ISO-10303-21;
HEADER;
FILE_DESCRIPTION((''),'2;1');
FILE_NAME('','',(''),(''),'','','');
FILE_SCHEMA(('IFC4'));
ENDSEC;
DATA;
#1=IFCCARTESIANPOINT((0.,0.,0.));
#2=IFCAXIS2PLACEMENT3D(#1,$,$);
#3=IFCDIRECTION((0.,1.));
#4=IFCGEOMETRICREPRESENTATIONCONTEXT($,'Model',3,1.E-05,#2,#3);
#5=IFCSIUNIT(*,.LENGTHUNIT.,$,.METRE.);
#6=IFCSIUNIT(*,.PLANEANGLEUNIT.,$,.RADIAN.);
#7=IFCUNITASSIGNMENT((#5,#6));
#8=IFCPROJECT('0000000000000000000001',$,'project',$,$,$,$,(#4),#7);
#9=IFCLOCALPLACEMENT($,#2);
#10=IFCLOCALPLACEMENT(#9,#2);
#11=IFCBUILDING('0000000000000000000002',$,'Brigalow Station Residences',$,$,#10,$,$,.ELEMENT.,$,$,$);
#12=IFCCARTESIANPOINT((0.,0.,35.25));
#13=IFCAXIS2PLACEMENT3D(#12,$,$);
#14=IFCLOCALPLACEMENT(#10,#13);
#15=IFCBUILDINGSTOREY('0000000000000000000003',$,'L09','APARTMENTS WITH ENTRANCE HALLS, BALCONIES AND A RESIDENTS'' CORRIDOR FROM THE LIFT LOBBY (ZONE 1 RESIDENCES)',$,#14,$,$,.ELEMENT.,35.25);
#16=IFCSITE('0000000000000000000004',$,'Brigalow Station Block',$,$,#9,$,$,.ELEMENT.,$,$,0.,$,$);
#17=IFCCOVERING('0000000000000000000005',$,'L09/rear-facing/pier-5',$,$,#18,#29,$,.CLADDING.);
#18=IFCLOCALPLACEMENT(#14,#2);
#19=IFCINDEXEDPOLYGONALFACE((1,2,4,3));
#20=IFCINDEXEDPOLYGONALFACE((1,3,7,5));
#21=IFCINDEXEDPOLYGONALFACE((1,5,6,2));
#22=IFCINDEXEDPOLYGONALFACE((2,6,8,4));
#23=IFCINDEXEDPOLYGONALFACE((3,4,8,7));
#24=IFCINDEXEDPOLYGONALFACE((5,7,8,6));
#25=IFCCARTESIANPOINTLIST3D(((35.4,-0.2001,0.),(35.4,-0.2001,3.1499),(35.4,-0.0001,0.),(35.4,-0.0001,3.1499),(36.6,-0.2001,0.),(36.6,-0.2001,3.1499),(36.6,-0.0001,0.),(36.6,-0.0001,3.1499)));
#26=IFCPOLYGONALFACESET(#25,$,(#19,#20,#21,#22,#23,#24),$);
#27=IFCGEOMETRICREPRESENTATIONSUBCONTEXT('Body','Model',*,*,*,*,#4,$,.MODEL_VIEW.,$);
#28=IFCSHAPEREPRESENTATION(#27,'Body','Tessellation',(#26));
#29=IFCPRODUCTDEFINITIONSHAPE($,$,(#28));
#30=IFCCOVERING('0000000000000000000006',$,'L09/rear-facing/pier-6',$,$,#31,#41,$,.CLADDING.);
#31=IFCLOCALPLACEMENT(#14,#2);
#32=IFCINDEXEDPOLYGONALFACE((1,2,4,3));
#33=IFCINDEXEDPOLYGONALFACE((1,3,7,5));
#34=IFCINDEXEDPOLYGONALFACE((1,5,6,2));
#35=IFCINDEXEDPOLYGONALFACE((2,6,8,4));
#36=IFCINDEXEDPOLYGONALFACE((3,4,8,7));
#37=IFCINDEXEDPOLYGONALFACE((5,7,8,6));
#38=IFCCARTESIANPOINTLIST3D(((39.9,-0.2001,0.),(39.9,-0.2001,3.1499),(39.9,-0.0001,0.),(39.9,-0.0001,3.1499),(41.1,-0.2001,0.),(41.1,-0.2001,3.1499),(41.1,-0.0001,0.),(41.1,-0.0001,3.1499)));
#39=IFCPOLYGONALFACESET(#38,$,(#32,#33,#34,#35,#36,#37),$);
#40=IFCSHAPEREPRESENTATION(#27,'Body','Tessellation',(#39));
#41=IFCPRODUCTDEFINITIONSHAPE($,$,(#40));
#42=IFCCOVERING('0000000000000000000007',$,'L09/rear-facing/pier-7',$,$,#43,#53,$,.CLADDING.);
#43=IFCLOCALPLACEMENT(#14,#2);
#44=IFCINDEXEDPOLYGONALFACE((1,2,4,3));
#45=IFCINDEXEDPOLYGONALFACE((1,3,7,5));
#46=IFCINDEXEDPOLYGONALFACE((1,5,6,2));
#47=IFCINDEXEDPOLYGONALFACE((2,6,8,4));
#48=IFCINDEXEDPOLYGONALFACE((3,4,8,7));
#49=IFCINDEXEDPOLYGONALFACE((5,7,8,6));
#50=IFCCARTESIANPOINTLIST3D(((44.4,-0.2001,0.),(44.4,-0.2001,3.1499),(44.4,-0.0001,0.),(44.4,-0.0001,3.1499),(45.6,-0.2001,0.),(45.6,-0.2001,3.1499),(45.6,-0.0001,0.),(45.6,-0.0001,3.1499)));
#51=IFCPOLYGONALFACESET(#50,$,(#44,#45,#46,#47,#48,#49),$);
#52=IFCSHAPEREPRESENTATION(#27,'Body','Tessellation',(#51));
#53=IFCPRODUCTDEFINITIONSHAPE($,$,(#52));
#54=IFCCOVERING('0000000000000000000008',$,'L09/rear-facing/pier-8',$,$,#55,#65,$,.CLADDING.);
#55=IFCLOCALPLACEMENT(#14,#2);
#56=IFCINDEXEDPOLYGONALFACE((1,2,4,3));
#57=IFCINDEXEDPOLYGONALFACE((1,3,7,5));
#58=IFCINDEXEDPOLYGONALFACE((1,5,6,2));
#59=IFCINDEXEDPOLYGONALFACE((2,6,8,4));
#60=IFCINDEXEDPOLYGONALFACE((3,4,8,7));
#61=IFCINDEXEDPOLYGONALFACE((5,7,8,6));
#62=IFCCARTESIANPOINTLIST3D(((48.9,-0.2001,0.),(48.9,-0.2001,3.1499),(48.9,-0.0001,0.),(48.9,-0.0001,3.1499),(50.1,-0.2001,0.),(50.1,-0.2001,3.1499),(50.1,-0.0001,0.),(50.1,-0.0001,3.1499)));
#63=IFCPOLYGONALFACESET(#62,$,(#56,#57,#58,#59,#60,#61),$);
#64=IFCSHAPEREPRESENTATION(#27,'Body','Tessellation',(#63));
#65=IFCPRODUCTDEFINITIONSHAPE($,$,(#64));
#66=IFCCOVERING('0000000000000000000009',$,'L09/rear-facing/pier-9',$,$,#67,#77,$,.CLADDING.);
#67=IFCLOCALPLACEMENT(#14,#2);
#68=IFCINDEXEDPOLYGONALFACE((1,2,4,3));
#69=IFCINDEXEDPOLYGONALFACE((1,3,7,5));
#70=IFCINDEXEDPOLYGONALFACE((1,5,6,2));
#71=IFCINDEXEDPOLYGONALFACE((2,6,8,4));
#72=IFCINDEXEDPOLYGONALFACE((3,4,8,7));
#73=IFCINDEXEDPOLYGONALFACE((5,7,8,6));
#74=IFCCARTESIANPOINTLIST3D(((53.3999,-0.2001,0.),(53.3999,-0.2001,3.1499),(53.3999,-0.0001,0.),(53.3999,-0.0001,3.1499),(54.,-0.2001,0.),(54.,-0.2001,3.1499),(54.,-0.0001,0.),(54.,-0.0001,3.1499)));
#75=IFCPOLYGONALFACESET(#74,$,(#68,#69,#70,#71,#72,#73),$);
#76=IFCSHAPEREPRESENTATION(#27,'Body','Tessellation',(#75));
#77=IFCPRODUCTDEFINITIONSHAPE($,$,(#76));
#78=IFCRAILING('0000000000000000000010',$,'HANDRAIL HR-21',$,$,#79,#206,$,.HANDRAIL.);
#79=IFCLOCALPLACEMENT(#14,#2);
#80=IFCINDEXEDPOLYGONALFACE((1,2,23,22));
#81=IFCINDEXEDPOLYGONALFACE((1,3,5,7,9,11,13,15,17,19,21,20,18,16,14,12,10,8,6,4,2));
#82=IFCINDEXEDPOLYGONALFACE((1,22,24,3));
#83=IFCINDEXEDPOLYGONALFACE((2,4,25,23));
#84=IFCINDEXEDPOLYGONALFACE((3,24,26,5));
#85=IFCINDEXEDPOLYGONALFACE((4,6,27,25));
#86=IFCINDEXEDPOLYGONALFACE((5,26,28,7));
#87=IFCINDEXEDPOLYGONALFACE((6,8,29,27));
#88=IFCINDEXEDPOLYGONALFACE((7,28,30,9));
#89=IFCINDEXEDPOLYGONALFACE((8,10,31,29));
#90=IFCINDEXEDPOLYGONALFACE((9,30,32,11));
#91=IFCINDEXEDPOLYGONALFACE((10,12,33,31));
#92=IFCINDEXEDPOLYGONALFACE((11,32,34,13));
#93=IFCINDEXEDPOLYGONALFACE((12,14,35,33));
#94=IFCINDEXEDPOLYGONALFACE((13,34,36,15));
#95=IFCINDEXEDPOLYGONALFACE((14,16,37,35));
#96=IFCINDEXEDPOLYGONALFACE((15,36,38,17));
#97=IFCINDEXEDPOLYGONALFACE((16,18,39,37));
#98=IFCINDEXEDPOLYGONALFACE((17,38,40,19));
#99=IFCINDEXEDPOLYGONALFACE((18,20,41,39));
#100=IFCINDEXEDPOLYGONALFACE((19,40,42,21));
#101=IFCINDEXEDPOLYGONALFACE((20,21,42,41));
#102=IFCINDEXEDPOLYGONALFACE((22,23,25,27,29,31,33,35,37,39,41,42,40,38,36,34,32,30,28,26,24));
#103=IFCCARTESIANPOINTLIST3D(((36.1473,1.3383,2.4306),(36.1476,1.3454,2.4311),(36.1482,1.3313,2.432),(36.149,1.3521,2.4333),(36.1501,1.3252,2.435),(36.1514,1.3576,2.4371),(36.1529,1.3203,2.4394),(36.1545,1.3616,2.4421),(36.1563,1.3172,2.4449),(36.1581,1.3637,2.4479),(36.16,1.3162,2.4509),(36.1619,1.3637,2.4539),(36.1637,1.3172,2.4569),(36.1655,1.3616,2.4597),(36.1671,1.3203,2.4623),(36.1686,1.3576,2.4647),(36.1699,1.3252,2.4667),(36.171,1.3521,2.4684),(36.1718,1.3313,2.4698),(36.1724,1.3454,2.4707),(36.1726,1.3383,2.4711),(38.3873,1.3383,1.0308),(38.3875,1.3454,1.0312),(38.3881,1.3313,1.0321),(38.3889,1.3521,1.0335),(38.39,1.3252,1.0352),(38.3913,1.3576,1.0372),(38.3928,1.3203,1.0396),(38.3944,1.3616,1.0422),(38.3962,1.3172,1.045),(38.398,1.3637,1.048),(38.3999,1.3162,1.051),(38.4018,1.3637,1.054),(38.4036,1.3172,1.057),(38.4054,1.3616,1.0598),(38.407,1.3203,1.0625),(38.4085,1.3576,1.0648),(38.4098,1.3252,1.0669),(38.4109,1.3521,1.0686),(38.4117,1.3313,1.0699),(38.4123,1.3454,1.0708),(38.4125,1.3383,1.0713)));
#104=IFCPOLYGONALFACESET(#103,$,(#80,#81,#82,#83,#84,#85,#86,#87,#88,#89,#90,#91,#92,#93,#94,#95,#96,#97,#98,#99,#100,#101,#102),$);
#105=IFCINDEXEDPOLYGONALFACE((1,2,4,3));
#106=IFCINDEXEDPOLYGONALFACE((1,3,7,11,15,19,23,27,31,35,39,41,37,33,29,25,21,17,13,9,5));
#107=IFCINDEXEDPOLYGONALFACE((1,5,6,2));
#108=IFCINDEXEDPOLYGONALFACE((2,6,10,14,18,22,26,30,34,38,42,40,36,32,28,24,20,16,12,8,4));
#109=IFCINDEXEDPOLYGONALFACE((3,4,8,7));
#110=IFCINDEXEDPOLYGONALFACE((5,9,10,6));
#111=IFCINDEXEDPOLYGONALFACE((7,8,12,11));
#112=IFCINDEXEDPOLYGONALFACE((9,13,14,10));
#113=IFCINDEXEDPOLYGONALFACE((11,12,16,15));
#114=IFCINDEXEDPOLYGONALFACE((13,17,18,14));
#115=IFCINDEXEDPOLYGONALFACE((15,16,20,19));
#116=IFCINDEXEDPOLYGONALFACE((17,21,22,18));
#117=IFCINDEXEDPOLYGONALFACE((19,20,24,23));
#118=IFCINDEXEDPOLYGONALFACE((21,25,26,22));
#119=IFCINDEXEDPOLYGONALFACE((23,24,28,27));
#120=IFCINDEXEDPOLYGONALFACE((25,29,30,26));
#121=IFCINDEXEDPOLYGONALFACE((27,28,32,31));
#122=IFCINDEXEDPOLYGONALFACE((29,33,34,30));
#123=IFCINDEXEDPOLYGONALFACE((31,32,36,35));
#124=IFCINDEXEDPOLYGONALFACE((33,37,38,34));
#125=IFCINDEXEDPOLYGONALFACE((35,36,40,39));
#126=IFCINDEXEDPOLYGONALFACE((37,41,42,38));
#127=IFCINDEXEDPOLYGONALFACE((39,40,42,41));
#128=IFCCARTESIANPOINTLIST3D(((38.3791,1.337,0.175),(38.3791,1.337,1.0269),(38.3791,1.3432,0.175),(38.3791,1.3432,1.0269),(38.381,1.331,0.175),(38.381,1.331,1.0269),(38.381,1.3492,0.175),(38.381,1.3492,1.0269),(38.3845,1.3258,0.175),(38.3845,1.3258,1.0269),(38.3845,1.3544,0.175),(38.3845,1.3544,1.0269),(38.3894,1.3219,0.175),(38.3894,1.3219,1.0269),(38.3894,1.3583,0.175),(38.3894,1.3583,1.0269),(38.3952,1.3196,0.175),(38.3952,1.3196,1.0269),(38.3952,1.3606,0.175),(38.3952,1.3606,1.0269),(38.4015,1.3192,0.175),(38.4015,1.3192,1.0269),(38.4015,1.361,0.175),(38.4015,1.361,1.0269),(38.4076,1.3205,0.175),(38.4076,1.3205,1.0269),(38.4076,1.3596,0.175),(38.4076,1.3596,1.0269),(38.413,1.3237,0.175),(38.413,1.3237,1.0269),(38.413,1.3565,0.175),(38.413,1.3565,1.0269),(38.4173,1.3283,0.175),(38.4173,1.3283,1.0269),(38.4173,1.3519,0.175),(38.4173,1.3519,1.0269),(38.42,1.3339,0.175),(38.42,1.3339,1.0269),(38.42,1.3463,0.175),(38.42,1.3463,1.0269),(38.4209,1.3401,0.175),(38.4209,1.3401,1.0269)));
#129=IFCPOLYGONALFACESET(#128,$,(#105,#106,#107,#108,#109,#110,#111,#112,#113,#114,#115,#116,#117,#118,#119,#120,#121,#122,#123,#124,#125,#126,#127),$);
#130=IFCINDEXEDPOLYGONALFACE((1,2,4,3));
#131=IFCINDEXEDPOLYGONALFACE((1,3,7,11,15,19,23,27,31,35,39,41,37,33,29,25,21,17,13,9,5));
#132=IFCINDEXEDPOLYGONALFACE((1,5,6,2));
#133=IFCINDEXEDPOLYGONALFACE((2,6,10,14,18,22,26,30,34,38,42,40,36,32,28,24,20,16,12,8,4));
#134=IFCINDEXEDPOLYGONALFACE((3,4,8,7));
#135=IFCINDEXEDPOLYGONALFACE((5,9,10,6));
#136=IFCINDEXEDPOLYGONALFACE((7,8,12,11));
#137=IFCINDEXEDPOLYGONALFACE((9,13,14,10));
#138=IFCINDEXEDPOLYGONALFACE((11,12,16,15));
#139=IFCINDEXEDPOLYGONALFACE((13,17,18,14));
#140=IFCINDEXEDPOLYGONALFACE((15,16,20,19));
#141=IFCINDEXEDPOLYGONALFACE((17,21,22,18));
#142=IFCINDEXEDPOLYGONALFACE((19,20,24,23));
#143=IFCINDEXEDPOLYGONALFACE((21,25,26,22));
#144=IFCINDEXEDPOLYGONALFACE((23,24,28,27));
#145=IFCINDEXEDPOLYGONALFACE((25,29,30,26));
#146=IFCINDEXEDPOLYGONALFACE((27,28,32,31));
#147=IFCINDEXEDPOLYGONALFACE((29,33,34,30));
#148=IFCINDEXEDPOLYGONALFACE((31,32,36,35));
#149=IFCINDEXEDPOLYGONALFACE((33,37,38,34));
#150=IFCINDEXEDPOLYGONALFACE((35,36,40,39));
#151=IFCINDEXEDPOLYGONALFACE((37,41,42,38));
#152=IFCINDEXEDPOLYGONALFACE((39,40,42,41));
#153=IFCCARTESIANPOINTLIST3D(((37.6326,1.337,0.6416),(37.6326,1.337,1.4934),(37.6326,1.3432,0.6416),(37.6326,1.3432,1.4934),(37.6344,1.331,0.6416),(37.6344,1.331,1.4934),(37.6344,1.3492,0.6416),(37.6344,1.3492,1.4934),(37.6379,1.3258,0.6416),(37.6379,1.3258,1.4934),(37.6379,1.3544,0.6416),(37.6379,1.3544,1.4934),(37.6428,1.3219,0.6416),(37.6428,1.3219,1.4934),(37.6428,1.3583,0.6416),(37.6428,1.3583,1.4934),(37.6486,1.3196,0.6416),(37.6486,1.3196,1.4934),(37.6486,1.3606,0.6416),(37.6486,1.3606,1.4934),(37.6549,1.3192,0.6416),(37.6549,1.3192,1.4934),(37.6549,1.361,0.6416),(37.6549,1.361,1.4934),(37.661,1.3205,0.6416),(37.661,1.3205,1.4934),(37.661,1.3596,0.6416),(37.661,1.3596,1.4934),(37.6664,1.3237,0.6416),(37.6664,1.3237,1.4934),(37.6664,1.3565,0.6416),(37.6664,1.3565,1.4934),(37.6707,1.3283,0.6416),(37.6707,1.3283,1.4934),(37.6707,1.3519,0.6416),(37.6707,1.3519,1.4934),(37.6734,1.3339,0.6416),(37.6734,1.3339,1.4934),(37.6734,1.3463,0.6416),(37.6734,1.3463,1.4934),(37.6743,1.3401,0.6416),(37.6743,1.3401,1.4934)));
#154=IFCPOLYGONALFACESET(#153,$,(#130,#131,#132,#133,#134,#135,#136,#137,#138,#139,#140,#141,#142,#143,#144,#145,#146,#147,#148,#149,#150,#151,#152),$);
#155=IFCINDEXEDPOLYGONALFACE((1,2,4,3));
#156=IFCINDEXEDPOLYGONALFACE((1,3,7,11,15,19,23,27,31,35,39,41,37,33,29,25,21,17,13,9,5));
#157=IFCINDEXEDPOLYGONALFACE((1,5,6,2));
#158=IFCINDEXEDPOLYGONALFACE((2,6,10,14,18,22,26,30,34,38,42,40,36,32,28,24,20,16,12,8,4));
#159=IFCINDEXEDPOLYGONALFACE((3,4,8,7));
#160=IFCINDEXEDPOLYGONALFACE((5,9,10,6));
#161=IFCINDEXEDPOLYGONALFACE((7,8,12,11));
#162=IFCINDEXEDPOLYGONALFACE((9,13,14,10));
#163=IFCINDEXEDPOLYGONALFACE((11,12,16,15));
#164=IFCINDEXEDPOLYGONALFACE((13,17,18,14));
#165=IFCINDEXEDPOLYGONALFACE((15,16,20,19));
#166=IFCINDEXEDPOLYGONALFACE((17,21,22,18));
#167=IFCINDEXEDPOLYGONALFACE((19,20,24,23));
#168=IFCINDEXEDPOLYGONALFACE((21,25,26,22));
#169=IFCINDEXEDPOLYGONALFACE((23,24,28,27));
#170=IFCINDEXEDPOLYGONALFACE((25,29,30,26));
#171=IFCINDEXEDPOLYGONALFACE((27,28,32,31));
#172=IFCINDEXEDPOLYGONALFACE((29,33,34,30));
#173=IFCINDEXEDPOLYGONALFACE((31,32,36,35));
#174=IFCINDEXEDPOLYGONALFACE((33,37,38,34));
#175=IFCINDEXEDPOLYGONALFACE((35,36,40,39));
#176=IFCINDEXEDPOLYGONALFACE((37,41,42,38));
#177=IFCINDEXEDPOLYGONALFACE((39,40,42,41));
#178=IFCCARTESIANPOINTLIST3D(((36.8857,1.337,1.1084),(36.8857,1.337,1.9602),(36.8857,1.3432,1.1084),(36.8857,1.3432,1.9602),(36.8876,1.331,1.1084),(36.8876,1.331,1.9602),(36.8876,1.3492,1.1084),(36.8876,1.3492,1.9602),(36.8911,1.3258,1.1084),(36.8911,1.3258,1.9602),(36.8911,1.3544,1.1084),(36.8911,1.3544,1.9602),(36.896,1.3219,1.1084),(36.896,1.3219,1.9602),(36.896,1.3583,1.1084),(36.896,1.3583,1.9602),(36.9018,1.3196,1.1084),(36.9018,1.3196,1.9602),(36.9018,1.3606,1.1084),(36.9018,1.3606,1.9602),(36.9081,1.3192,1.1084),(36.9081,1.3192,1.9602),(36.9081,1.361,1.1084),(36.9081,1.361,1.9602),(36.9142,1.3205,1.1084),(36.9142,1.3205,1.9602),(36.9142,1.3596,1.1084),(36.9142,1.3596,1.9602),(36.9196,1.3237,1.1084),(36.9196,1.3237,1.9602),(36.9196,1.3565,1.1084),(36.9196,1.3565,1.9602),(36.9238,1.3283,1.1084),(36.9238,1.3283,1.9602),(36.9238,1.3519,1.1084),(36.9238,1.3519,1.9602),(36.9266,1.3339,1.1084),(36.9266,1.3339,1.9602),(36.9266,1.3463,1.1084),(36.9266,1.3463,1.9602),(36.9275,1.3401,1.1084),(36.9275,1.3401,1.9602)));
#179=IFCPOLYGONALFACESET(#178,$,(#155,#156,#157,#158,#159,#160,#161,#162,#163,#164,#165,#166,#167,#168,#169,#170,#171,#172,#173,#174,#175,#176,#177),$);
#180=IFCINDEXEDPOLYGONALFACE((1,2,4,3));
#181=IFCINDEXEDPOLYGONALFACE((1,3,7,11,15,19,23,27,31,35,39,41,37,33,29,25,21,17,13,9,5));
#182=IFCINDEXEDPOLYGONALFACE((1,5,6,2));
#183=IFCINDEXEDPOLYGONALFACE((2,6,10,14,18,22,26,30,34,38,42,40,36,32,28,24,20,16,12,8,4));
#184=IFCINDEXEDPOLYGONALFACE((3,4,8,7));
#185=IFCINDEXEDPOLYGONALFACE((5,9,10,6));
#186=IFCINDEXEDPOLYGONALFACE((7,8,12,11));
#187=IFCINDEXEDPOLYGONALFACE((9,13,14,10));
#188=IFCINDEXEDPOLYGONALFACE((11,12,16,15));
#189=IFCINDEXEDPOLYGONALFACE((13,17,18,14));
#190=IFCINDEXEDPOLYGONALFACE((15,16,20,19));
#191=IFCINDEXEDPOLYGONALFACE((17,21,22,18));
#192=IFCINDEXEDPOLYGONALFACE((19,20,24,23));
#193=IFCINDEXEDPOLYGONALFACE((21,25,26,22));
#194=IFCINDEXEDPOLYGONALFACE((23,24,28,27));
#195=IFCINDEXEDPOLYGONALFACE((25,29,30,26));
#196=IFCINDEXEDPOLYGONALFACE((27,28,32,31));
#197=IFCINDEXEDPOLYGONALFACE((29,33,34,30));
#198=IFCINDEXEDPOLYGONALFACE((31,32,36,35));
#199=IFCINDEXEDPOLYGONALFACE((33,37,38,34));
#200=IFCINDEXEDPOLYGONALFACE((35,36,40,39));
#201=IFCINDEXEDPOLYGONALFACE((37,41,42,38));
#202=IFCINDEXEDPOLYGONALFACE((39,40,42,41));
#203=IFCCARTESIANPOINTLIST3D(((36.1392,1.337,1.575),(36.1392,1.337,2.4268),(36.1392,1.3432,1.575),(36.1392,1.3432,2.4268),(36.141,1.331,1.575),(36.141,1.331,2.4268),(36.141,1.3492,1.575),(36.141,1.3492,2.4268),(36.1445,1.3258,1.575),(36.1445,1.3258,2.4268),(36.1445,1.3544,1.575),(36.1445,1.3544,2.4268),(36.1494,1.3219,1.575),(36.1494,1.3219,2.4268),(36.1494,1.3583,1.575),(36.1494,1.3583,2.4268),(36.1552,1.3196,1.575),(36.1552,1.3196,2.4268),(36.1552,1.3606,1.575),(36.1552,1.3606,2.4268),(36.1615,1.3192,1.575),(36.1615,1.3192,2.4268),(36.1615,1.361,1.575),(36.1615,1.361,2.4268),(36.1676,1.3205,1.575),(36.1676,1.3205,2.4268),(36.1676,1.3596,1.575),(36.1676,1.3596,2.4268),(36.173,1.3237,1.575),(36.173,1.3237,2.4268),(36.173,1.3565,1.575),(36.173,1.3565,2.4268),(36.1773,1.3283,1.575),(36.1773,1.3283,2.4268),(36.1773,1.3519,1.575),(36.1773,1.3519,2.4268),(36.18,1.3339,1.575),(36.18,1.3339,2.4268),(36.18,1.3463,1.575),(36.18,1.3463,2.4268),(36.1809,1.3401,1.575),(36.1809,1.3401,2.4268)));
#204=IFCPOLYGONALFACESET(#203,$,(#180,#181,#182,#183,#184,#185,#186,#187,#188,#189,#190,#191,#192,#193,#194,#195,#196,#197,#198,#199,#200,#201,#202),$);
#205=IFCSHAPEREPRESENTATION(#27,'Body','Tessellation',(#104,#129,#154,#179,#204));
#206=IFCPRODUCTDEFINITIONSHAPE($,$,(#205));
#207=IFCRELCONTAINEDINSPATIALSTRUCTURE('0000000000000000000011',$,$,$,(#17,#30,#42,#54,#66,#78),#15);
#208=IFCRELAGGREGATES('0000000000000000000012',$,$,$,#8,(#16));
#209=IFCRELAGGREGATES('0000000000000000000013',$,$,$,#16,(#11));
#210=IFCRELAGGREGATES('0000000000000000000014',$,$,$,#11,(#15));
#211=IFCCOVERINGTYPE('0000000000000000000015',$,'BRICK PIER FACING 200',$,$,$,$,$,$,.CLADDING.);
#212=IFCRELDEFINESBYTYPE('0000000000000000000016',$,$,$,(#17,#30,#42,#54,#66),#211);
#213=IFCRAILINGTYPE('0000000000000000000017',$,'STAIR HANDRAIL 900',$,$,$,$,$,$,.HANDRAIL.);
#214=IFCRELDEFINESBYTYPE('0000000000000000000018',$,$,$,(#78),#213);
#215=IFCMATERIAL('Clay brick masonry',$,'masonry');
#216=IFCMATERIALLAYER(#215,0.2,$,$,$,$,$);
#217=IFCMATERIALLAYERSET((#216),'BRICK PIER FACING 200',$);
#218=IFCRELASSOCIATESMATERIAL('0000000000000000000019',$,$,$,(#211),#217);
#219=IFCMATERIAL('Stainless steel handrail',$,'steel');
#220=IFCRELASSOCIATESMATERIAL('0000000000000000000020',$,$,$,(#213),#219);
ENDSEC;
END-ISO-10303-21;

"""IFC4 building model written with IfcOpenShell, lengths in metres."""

from ifc_helpers import new_model, si_unit, direction, frame, origin, origin_2d, place, context, subcontext, project, spatial, rectangle, circle, extrude, material, layer, layer_set, type_object, element, save


model = new_model("IFC4")

# Units and contexts
model_context = context("Model", 3, precision=1e-05, world=origin(), true_north=direction((0.0, 1.0)))
body_context = subcontext(model_context, "Body", "Model", "MODEL_VIEW")
ifc_project = project(units=[si_unit("LENGTHUNIT", "METRE"), si_unit("PLANEANGLEUNIT", "RADIAN")], contexts=[model_context])

# Site, building, storey
site_placement = place(None, origin())
site = spatial("IfcSite", under=ifc_project, at=site_placement, Name="Brigalow Station Block", CompositionType="ELEMENT", RefElevation=0.0)
building_placement = place(site_placement, origin())
building = spatial("IfcBuilding", under=site, at=building_placement, Name="Brigalow Station Residences", CompositionType="ELEMENT")
storey_placement = place(building_placement, frame((0.0, 0.0, 35.25)))
storey = spatial("IfcBuildingStorey", under=building, at=storey_placement, Name="L09", Description="APARTMENTS WITH ENTRANCE HALLS, BALCONIES AND A RESIDENTS' CORRIDOR FROM THE LIFT LOBBY (ZONE 1 RESIDENCES)", CompositionType="ELEMENT", Elevation=35.25)

# Coverings
ifc_material_1 = material(Name="Clay brick masonry", Category="masonry")
ifc_layer_1 = layer(ifc_material_1, 0.2)
ifc_layer_set_1 = layer_set([ifc_layer_1], Name="BRICK PIER FACING 200")
covering_type_1 = type_object("IfcCoveringType", Name="BRICK PIER FACING 200", PredefinedType="CLADDING", material=ifc_layer_set_1)
for number, where, z_axis, x_axis, name in (
    (1, (36.0, -0.1001, 0.0), (0.0, 0.0, 1.0), (1.0, 0.0, 0.0), "L09/rear-facing/pier-5"),
    (2, (40.5, -0.1001, 0.0), (0.0, 0.0, 1.0), (1.0, 0.0, 0.0), "L09/rear-facing/pier-6"),
    (3, (45.0, -0.1001, 0.0), (0.0, 0.0, 1.0), (1.0, 0.0, 0.0), "L09/rear-facing/pier-7"),
    (4, (49.5, -0.1001, 0.0), (0.0, 0.0, 1.0), (1.0, 0.0, 0.0), "L09/rear-facing/pier-8"),
):
    element("IfcCovering", number, at=place(storey_placement, frame(where, z_axis=z_axis, x_axis=x_axis)), inside=storey, type_object=covering_type_1, Name=name, PredefinedType="CLADDING", context=body_context, shape_type="SweptSolid", body=[
        extrude(rectangle(XDim=1.2, YDim=0.2, at=origin_2d()), origin(), (0.0, 0.0, 1.0), 3.1499),
    ])
covering_placement = place(storey_placement, frame((53.7, -0.1001, 0.0), z_axis=(0.0, 0.0, 1.0), x_axis=(1.0, 0.0, 0.0)))
element("IfcCovering", 5, at=covering_placement, inside=storey, type_object=covering_type_1, Name="L09/rear-facing/pier-9", PredefinedType="CLADDING", context=body_context, shape_type="SweptSolid", body=[
    extrude(rectangle(XDim=0.6001, YDim=0.2, at=origin_2d()), origin(), (0.0, 0.0, 1.0), 3.1499),
])

# Railing
ifc_material_2 = material(Name="Stainless steel handrail", Category="steel")
railing_type_1 = type_object("IfcRailingType", Name="STAIR HANDRAIL 900", PredefinedType="HANDRAIL", material=ifc_material_2)
railing_1_placement = place(storey_placement, frame((38.3999, 1.3401, 0.175)))
element("IfcRailing", 6, at=railing_1_placement, inside=storey, type_object=railing_type_1, Name="HANDRAIL HR-21", PredefinedType="HANDRAIL", context=body_context, shape_type="SweptSolid", body=[
    extrude(circle(Radius=0.0239, at=origin_2d()), frame((0.0, 0.0, 0.876), z_axis=(-0.848014, 0.0, 0.529974), x_axis=(0.0, -1.0, 0.0)), (0.0, 0.0, 1.0), 2.6414),
    extrude(circle(Radius=0.021, at=origin_2d()), origin(), (0.0, 0.0, 1.0), 0.8518),
    extrude(circle(Radius=0.021, at=origin_2d()), frame((-0.7466, 0.0, 0.4666)), (0.0, 0.0, 1.0), 0.8518),
    extrude(circle(Radius=0.021, at=origin_2d()), frame((-1.4934, 0.0, 0.9333)), (0.0, 0.0, 1.0), 0.8518),
    extrude(circle(Radius=0.021, at=origin_2d()), frame((-2.24, 0.0, 1.3999)), (0.0, 0.0, 1.0), 0.8518),
])

save(model, "model.ifc")
